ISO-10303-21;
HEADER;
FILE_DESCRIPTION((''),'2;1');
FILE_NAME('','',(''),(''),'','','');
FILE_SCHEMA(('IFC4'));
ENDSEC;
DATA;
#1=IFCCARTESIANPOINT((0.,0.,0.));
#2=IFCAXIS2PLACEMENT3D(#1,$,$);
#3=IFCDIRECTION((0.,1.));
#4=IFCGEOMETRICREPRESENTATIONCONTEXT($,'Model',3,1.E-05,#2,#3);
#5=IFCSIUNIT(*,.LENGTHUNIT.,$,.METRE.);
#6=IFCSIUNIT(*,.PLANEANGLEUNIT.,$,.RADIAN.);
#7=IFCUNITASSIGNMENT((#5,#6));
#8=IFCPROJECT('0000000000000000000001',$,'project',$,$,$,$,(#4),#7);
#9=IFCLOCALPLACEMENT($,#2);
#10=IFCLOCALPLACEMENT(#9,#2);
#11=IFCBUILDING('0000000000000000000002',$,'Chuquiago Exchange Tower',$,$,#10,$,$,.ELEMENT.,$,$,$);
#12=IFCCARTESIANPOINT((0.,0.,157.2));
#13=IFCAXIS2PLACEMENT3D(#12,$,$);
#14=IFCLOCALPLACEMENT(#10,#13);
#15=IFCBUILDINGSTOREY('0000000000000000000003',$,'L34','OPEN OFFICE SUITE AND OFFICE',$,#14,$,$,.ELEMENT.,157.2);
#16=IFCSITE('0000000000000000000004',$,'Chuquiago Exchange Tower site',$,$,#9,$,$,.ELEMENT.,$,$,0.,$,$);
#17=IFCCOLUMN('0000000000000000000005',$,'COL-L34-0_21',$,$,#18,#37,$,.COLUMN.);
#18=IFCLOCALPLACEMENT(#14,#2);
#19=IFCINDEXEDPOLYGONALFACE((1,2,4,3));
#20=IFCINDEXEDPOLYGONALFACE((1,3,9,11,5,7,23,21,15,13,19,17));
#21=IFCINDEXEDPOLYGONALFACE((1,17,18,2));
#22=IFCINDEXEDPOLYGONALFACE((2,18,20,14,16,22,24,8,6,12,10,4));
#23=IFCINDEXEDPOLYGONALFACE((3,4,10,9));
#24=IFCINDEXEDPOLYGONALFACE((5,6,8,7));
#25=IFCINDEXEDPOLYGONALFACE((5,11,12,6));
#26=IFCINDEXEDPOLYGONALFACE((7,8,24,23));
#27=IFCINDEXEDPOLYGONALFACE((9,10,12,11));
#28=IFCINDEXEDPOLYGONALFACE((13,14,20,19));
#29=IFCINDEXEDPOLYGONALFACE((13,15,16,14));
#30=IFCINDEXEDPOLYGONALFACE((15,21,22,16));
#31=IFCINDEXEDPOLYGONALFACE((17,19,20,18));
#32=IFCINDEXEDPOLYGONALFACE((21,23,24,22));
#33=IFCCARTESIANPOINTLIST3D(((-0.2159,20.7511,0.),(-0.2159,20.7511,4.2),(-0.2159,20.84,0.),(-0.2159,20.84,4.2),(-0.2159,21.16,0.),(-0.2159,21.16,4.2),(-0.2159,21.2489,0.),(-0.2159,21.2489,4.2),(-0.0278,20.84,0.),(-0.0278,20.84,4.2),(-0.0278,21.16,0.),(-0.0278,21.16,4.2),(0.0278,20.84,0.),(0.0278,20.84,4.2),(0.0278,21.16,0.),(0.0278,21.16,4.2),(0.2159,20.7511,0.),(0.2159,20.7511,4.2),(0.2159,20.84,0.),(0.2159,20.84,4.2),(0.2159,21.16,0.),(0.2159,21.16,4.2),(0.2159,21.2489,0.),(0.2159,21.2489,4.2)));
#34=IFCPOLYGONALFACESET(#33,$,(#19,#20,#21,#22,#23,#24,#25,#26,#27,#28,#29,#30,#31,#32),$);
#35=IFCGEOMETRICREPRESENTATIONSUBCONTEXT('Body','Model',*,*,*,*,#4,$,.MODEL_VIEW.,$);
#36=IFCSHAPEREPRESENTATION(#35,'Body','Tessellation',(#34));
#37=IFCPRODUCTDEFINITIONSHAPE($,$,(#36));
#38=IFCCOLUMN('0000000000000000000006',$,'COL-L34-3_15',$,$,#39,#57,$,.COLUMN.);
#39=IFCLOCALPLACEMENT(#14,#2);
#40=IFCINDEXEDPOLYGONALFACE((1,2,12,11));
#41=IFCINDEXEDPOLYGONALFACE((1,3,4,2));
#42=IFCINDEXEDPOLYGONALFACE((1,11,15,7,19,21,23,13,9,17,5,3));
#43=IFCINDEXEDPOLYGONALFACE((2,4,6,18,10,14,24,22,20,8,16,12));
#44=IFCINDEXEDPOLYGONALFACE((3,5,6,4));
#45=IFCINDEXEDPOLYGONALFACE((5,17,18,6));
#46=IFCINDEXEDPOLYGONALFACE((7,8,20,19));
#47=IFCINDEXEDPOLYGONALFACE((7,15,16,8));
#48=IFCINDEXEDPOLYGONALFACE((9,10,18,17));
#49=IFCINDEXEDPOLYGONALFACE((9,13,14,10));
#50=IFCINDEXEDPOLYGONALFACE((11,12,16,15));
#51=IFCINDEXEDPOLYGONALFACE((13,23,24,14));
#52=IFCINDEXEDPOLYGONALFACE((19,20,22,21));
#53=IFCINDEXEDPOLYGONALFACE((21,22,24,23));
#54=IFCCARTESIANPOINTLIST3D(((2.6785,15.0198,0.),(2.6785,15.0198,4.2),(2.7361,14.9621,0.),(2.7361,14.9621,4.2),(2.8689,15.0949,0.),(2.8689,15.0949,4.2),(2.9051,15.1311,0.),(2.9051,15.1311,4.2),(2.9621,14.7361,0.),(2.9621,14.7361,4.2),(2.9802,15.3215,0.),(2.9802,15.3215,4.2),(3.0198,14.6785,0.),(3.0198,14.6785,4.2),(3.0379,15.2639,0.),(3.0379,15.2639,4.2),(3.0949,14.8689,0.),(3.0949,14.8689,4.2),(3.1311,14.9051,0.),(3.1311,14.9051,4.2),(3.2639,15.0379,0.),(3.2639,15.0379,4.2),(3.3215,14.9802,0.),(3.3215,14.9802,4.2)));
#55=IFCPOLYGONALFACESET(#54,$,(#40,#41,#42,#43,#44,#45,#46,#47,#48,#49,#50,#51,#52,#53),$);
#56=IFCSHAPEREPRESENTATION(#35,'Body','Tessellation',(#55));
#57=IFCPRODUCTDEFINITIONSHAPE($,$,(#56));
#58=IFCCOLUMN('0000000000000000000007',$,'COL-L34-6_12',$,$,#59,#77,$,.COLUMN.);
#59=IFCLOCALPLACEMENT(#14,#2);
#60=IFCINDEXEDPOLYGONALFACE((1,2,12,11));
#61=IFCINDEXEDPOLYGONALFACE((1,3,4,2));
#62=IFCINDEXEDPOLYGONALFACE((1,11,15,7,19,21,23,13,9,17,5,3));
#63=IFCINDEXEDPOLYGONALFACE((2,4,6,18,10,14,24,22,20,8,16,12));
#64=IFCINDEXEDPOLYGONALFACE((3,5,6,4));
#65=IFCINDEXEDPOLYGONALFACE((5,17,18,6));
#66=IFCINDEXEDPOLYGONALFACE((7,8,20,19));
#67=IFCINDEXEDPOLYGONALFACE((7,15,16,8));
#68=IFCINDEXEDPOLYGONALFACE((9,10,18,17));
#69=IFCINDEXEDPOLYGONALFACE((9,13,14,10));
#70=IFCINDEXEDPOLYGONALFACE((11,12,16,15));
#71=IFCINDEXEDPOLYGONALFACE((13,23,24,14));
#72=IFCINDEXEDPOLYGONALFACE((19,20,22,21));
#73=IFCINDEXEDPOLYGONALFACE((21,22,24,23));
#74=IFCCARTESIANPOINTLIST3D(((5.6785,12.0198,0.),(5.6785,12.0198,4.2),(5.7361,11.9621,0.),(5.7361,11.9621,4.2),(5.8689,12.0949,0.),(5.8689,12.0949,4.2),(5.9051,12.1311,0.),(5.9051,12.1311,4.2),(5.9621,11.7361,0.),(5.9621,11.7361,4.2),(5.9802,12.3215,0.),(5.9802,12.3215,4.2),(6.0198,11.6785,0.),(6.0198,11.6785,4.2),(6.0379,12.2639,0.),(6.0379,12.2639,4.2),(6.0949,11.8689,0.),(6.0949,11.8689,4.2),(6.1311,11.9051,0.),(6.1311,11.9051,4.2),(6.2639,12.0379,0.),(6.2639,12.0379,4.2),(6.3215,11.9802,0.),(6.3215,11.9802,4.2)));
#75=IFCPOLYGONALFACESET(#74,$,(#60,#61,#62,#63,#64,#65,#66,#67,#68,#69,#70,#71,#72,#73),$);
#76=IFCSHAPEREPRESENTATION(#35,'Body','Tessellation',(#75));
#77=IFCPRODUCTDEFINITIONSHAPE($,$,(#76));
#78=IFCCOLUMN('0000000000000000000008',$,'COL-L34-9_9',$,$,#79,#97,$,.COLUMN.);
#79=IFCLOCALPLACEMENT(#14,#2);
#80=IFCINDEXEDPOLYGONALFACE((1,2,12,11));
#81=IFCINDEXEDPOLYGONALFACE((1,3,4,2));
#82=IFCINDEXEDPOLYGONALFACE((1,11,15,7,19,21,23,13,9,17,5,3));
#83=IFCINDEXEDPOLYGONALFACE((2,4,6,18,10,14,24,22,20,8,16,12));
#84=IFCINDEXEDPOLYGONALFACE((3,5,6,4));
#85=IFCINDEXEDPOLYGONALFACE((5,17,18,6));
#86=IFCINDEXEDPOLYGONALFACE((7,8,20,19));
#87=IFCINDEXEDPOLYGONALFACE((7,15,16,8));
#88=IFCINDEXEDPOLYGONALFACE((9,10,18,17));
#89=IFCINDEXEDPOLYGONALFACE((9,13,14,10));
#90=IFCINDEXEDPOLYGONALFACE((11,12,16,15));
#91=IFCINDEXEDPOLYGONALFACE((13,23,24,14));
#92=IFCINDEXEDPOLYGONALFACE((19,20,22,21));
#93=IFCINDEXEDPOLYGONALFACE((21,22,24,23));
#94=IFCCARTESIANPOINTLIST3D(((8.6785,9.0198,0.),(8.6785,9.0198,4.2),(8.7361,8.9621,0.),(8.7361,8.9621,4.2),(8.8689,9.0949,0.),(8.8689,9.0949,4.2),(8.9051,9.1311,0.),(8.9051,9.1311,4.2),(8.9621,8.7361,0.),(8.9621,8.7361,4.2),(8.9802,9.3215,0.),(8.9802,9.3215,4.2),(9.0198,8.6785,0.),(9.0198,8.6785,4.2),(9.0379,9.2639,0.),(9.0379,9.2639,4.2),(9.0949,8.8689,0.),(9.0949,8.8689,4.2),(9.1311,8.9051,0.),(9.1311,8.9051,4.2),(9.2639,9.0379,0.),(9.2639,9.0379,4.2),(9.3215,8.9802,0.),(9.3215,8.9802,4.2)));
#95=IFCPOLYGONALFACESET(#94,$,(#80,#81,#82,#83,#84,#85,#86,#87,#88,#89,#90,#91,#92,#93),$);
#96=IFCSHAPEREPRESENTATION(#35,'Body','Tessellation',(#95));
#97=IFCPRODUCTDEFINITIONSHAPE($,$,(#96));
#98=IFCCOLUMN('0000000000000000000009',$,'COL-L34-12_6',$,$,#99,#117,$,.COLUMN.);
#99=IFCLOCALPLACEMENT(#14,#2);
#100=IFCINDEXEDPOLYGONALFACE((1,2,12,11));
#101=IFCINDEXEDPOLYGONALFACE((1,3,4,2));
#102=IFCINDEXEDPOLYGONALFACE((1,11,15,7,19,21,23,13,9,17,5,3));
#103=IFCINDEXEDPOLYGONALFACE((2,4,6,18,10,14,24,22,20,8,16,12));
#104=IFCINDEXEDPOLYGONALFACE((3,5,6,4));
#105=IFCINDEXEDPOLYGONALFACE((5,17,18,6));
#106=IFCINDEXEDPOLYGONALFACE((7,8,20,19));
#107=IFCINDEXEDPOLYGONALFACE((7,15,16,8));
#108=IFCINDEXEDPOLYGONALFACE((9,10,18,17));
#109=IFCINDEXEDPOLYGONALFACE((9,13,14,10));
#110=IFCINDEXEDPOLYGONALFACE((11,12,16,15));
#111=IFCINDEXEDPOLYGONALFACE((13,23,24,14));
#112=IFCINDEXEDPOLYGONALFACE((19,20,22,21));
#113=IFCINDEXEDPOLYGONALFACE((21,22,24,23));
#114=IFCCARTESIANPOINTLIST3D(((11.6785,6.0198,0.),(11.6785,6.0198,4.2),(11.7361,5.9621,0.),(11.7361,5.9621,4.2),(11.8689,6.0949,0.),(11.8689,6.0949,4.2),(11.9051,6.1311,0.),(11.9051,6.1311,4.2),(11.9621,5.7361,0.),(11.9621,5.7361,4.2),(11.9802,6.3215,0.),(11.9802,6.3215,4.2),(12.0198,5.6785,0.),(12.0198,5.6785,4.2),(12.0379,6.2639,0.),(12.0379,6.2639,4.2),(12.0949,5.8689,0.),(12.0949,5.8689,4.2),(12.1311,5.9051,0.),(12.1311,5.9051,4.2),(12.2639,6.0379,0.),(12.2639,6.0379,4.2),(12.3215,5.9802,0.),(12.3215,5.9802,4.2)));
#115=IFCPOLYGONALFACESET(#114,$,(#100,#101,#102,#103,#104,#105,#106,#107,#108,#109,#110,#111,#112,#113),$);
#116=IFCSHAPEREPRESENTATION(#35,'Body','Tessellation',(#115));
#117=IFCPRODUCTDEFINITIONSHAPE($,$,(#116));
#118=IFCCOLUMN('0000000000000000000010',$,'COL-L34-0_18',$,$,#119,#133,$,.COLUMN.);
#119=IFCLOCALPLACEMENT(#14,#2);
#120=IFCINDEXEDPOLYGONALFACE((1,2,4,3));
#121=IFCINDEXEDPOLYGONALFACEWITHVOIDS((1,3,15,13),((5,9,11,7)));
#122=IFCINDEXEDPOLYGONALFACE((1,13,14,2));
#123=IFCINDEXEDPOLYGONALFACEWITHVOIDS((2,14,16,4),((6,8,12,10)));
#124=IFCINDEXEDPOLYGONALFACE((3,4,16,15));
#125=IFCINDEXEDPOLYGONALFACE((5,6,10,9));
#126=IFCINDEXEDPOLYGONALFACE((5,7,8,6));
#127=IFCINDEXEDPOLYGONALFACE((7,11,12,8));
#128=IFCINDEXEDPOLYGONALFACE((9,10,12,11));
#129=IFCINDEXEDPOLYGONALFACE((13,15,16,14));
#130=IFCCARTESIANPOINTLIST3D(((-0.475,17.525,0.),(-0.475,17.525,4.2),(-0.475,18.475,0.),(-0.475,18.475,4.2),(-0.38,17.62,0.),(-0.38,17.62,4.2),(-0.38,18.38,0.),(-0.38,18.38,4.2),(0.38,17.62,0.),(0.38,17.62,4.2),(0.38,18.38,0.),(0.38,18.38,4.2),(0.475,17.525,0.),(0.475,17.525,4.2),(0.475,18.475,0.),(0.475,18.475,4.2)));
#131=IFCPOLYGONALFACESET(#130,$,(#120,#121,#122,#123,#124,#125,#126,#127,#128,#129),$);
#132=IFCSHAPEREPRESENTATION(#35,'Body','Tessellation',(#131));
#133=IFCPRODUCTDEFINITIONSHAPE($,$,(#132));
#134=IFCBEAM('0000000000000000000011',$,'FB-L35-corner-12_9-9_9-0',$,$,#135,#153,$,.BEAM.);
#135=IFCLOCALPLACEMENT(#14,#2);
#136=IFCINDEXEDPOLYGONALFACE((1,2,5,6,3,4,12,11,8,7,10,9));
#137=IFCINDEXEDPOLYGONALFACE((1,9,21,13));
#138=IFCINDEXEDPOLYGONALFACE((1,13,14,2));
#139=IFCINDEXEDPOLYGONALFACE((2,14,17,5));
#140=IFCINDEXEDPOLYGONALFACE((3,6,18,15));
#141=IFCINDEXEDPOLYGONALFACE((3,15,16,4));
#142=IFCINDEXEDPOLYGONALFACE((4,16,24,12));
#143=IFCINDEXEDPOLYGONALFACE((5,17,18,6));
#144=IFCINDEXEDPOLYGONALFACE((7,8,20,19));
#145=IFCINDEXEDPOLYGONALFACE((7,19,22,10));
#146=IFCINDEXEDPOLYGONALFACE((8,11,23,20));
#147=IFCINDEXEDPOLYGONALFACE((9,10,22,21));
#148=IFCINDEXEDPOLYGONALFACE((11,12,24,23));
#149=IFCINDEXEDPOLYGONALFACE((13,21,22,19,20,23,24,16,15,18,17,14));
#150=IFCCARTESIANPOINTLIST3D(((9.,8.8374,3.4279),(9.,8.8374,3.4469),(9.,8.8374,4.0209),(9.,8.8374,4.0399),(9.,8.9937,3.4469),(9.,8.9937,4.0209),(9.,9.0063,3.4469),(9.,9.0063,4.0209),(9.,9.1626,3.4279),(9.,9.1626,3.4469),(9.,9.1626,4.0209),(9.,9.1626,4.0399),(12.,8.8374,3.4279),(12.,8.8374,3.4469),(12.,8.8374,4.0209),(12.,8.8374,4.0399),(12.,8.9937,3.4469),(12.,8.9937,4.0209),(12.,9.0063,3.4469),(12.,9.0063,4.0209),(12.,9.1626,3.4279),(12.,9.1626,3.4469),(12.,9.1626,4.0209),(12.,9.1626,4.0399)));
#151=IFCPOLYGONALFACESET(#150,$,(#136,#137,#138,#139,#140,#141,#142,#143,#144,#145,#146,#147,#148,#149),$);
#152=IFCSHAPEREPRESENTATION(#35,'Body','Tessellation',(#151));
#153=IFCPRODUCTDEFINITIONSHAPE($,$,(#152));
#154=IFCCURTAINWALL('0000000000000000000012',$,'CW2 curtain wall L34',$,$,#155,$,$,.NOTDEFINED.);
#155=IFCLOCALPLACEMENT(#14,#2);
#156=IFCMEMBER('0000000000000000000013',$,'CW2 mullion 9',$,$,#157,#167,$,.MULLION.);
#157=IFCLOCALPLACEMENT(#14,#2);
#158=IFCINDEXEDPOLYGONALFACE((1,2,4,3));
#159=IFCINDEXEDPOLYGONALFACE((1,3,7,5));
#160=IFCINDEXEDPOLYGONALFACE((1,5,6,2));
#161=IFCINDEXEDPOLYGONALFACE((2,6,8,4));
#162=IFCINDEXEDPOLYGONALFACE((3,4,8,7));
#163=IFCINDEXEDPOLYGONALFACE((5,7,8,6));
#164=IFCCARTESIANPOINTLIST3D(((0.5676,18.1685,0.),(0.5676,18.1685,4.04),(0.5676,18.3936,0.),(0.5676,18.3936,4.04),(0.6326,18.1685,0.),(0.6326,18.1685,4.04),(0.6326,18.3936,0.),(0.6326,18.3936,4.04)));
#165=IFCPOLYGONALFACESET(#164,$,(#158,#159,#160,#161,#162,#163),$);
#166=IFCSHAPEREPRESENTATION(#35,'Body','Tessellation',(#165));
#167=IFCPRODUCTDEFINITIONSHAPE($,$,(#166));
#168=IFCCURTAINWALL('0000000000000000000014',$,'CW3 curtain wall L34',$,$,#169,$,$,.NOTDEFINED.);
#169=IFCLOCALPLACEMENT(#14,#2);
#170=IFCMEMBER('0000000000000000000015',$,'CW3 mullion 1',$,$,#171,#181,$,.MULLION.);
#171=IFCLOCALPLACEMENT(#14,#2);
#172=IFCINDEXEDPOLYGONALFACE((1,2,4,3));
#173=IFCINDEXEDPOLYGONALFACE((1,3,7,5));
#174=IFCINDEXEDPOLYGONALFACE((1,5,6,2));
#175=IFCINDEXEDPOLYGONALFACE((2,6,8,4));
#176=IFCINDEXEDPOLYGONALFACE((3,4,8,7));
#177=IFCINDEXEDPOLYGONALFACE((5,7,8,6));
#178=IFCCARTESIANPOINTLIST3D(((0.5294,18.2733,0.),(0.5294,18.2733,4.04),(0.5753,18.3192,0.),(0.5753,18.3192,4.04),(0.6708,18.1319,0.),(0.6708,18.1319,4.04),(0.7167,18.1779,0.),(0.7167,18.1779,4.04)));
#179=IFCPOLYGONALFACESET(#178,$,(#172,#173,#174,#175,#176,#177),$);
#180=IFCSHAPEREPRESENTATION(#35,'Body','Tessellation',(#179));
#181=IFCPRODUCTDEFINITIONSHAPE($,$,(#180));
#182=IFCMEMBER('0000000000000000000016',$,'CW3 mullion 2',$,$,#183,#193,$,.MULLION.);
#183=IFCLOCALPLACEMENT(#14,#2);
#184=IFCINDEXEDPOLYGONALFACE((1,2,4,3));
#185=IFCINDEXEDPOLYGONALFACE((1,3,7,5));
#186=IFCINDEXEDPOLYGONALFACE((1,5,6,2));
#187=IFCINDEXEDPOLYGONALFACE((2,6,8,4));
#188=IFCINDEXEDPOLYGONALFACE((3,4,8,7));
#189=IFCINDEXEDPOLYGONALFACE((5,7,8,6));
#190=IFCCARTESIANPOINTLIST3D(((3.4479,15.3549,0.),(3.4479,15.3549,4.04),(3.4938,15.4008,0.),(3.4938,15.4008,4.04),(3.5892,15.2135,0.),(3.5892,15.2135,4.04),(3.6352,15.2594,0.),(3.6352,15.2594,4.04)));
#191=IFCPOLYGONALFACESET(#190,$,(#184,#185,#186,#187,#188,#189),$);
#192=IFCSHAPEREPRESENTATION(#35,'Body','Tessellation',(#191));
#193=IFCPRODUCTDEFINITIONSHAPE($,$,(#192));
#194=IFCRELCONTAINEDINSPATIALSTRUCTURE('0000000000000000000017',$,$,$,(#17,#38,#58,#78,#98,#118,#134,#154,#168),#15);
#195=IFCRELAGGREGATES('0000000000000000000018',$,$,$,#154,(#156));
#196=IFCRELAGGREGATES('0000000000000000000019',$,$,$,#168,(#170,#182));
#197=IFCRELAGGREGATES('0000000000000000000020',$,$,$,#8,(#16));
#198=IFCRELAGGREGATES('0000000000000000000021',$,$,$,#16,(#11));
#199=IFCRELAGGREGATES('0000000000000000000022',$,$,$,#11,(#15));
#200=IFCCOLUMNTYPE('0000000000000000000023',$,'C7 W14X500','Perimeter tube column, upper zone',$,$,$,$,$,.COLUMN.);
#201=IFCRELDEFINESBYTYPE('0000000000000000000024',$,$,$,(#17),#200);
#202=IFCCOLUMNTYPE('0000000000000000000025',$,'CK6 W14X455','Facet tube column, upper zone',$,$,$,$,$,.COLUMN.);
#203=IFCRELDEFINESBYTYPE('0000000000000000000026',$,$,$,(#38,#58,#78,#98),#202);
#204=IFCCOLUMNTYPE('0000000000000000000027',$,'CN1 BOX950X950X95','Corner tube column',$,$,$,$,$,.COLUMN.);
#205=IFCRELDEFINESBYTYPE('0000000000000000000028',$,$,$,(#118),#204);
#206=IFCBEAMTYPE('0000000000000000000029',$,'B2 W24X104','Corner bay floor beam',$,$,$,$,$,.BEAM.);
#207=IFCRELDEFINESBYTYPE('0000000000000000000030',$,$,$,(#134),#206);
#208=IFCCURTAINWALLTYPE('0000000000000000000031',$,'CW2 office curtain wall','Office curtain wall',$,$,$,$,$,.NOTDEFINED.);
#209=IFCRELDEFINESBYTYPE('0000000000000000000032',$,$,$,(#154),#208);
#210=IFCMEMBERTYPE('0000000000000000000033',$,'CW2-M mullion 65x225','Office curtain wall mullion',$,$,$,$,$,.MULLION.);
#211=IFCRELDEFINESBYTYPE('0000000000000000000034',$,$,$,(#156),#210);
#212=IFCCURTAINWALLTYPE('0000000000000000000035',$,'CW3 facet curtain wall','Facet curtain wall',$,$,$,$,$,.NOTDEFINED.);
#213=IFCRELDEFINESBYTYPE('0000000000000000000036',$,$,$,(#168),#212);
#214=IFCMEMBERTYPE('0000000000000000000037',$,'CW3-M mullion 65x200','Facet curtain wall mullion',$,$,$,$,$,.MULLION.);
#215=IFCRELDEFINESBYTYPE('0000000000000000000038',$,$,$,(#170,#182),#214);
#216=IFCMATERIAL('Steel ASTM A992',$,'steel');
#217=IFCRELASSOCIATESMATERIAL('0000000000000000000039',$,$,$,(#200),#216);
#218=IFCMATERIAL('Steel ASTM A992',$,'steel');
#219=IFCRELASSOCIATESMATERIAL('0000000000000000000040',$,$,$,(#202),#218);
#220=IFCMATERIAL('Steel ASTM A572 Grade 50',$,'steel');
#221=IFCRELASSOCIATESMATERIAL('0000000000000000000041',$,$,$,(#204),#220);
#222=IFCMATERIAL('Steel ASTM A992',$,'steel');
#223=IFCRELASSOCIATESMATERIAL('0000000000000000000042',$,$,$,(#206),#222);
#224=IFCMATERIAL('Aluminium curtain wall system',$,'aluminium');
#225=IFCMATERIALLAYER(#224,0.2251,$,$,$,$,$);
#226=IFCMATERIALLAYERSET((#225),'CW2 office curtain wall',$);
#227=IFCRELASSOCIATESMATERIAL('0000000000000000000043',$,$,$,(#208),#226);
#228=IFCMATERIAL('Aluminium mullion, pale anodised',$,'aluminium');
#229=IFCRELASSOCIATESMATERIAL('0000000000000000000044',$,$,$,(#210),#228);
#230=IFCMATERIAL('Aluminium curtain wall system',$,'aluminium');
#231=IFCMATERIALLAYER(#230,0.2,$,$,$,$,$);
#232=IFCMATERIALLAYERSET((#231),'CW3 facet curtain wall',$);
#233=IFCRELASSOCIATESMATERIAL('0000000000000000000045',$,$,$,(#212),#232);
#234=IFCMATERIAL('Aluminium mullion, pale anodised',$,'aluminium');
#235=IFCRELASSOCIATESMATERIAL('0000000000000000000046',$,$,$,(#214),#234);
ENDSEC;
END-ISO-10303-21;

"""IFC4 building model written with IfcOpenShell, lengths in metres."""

from ifc_helpers import new_model, si_unit, direction, frame, origin, origin_2d, place, context, subcontext, project, spatial, rectangle, hollow_rectangle, i_section, extrude, material, layer, layer_set, material_profile, profile_set, type_object, element, aggregate, save


model = new_model("IFC4")

# Units and contexts
model_context = context("Model", 3, precision=1e-05, world=origin(), true_north=direction((0.0, 1.0)))
body_context = subcontext(model_context, "Body", "Model", "MODEL_VIEW")
ifc_project = project(units=[si_unit("LENGTHUNIT", "METRE"), si_unit("PLANEANGLEUNIT", "RADIAN")], contexts=[model_context])

# Site, building, storey
site_placement = place(None, origin())
site = spatial("IfcSite", under=ifc_project, at=site_placement, Name="Chuquiago Exchange Tower site", CompositionType="ELEMENT", RefElevation=0.0)
building_placement = place(site_placement, origin())
building = spatial("IfcBuilding", under=site, at=building_placement, Name="Chuquiago Exchange Tower", CompositionType="ELEMENT")
storey_placement = place(building_placement, frame((0.0, 0.0, 157.2)))
storey = spatial("IfcBuildingStorey", under=building, at=storey_placement, Name="L34", Description="OPEN OFFICE SUITE AND OFFICE", CompositionType="ELEMENT", Elevation=157.2)

# Columns
ifc_material_1 = material(Name="Steel ASTM A992", Category="steel")
ifc_material_profile_1 = material_profile(ifc_material_1, i_section(OverallWidth=0.4319, OverallDepth=0.4978, WebThickness=0.0557, FlangeThickness=0.0889, at=origin_2d()), Name="W14X500")
ifc_profile_set_1 = profile_set([ifc_material_profile_1], Name="Steel ASTM A992")
column_type_1 = type_object("IfcColumnType", Name="C7 W14X500", Description="Perimeter tube column, upper zone", PredefinedType="COLUMN", material=ifc_profile_set_1)
column_1_placement = place(storey_placement, frame((0.0, 21.0, 0.0), z_axis=(0.0, 0.0, 1.0), x_axis=(-1.0, 0.0, 0.0)))
element("IfcColumn", 1, at=column_1_placement, inside=storey, type_object=column_type_1, Name="COL-L34-0_21", PredefinedType="COLUMN", context=body_context, shape_type="SweptSolid", body=[
    extrude(i_section(OverallWidth=0.4319, OverallDepth=0.4978, WebThickness=0.0557, FlangeThickness=0.0889, at=origin_2d()), origin(), (0.0, 0.0, 1.0), 4.2),
])
ifc_material_2 = material(Name="Steel ASTM A992", Category="steel")
ifc_material_profile_2 = material_profile(ifc_material_2, i_section(OverallWidth=0.4268, OverallDepth=0.4827, WebThickness=0.0513, FlangeThickness=0.0815, at=origin_2d()), Name="W14X455")
ifc_profile_set_2 = profile_set([ifc_material_profile_2], Name="Steel ASTM A992")
column_type_2 = type_object("IfcColumnType", Name="CK6 W14X455", Description="Facet tube column, upper zone", PredefinedType="COLUMN", material=ifc_profile_set_2)
for number, where, z_axis, x_axis, name in (
    (2, (3.0, 15.0, 0.0), (0.0, 0.0, 1.0), (-0.707107, -0.707107, 0.0), "COL-L34-3_15"),
    (3, (6.0, 12.0, 0.0), (0.0, 0.0, 1.0), (-0.707107, -0.707107, 0.0), "COL-L34-6_12"),
    (4, (9.0, 9.0, 0.0), (0.0, 0.0, 1.0), (-0.707107, -0.707107, 0.0), "COL-L34-9_9"),
    (5, (12.0, 6.0, 0.0), (0.0, 0.0, 1.0), (-0.707107, -0.707107, 0.0), "COL-L34-12_6"),
):
    element("IfcColumn", number, at=place(storey_placement, frame(where, z_axis=z_axis, x_axis=x_axis)), inside=storey, type_object=column_type_2, Name=name, PredefinedType="COLUMN", context=body_context, shape_type="SweptSolid", body=[
        extrude(i_section(OverallWidth=0.4268, OverallDepth=0.4827, WebThickness=0.0513, FlangeThickness=0.0815, at=origin_2d()), origin(), (0.0, 0.0, 1.0), 4.2),
    ])
ifc_material_3 = material(Name="Steel ASTM A572 Grade 50", Category="steel")
ifc_material_profile_3 = material_profile(ifc_material_3, hollow_rectangle(XDim=0.95, YDim=0.95, WallThickness=0.095, at=origin_2d()), Name="BOX950X950X95")
ifc_profile_set_3 = profile_set([ifc_material_profile_3], Name="Steel ASTM A572 Grade 50")
column_type_3 = type_object("IfcColumnType", Name="CN1 BOX950X950X95", Description="Corner tube column", PredefinedType="COLUMN", material=ifc_profile_set_3)
column_2_placement = place(storey_placement, frame((0.0, 18.0, 0.0), z_axis=(0.0, 0.0, 1.0), x_axis=(-1.0, 0.0, 0.0)))
element("IfcColumn", 6, at=column_2_placement, inside=storey, type_object=column_type_3, Name="COL-L34-0_18", PredefinedType="COLUMN", context=body_context, shape_type="SweptSolid", body=[
    extrude(hollow_rectangle(XDim=0.95, YDim=0.95, WallThickness=0.095, at=origin_2d()), origin(), (0.0, 0.0, 1.0), 4.2),
])

# Beam
ifc_material_4 = material(Name="Steel ASTM A992", Category="steel")
ifc_material_profile_4 = material_profile(ifc_material_4, i_section(OverallWidth=0.3252, OverallDepth=0.6121, WebThickness=0.0127, FlangeThickness=0.019, at=origin_2d()), Name="W24X104")
ifc_profile_set_4 = profile_set([ifc_material_profile_4], Name="Steel ASTM A992")
beam_type_1 = type_object("IfcBeamType", Name="B2 W24X104", Description="Corner bay floor beam", PredefinedType="BEAM", material=ifc_profile_set_4)
beam_placement = place(storey_placement, frame((12.0, 9.0, 3.7339), z_axis=(-1.0, 0.0, 0.0), x_axis=(0.0, -1.0, 0.0)))
element("IfcBeam", 7, at=beam_placement, inside=storey, type_object=beam_type_1, Name="FB-L35-corner-12_9-9_9-0", PredefinedType="BEAM", context=body_context, shape_type="SweptSolid", body=[
    extrude(i_section(OverallWidth=0.3252, OverallDepth=0.6121, WebThickness=0.0127, FlangeThickness=0.019, at=origin_2d()), origin(), (0.0, 0.0, 1.0), 3.0),
])

# Curtain wall, member
ifc_material_5 = material(Name="Aluminium curtain wall system", Category="aluminium")
ifc_layer_1 = layer(ifc_material_5, 0.2251)
ifc_layer_set_1 = layer_set([ifc_layer_1], Name="CW2 office curtain wall")
curtain_wall_type_1 = type_object("IfcCurtainWallType", Name="CW2 office curtain wall", Description="Office curtain wall", PredefinedType="NOTDEFINED", material=ifc_layer_set_1)
curtain_wall_1_placement = place(storey_placement, origin())
curtain_wall_1 = element("IfcCurtainWall", 8, at=curtain_wall_1_placement, inside=storey, type_object=curtain_wall_type_1, Name="CW2 curtain wall L34", PredefinedType="NOTDEFINED")
ifc_material_6 = material(Name="Aluminium mullion, pale anodised", Category="aluminium")
ifc_material_profile_5 = material_profile(ifc_material_6, rectangle(XDim=0.0649, YDim=0.2251, at=origin_2d()), Name="AL 65x225")
ifc_profile_set_5 = profile_set([ifc_material_profile_5], Name="Aluminium mullion, pale anodised")
member_type_1 = type_object("IfcMemberType", Name="CW2-M mullion 65x225", Description="Office curtain wall mullion", PredefinedType="MULLION", material=ifc_profile_set_5)
member_1_placement = place(storey_placement, frame((0.6001, 18.281, 0.0), z_axis=(0.0, 0.0, 1.0), x_axis=(1.0, 0.0, 0.0)))
member_1 = element("IfcMember", 9, at=member_1_placement, type_object=member_type_1, Name="CW2 mullion 9", PredefinedType="MULLION", context=body_context, shape_type="SweptSolid", body=[
    extrude(rectangle(XDim=0.0649, YDim=0.2251, at=origin_2d()), origin(), (0.0, 0.0, 1.0), 4.04),
])

# Curtain wall, members
ifc_material_7 = material(Name="Aluminium curtain wall system", Category="aluminium")
ifc_layer_2 = layer(ifc_material_7, 0.2)
ifc_layer_set_2 = layer_set([ifc_layer_2], Name="CW3 facet curtain wall")
curtain_wall_type_2 = type_object("IfcCurtainWallType", Name="CW3 facet curtain wall", Description="Facet curtain wall", PredefinedType="NOTDEFINED", material=ifc_layer_set_2)
curtain_wall_2_placement = place(storey_placement, origin())
curtain_wall_2 = element("IfcCurtainWall", 10, at=curtain_wall_2_placement, inside=storey, type_object=curtain_wall_type_2, Name="CW3 curtain wall L34", PredefinedType="NOTDEFINED")
ifc_material_8 = material(Name="Aluminium mullion, pale anodised", Category="aluminium")
ifc_material_profile_6 = material_profile(ifc_material_8, rectangle(XDim=0.0649, YDim=0.2, at=origin_2d()), Name="AL 65x200")
ifc_profile_set_6 = profile_set([ifc_material_profile_6], Name="Aluminium mullion, pale anodised")
member_type_2 = type_object("IfcMemberType", Name="CW3-M mullion 65x200", Description="Facet curtain wall mullion", PredefinedType="MULLION", material=ifc_profile_set_6)
member_2_placement = place(storey_placement, frame((0.623, 18.2256, 0.0), z_axis=(0.0, 0.0, 1.0), x_axis=(0.707107, 0.707107, 0.0)))
member_2 = element("IfcMember", 11, at=member_2_placement, type_object=member_type_2, Name="CW3 mullion 1", PredefinedType="MULLION", context=body_context, shape_type="SweptSolid", body=[
    extrude(rectangle(XDim=0.0649, YDim=0.2, at=origin_2d()), origin(), (0.0, 0.0, 1.0), 4.04),
])
member_3_placement = place(storey_placement, frame((3.5415, 15.3071, 0.0), z_axis=(0.0, 0.0, 1.0), x_axis=(0.707107, 0.707107, 0.0)))
member_3 = element("IfcMember", 12, at=member_3_placement, type_object=member_type_2, Name="CW3 mullion 2", PredefinedType="MULLION", context=body_context, shape_type="SweptSolid", body=[
    extrude(rectangle(XDim=0.0649, YDim=0.2, at=origin_2d()), origin(), (0.0, 0.0, 1.0), 4.04),
])

aggregate(curtain_wall_1, [member_1])
aggregate(curtain_wall_2, [member_2, member_3])

save(model, "model.ifc")
